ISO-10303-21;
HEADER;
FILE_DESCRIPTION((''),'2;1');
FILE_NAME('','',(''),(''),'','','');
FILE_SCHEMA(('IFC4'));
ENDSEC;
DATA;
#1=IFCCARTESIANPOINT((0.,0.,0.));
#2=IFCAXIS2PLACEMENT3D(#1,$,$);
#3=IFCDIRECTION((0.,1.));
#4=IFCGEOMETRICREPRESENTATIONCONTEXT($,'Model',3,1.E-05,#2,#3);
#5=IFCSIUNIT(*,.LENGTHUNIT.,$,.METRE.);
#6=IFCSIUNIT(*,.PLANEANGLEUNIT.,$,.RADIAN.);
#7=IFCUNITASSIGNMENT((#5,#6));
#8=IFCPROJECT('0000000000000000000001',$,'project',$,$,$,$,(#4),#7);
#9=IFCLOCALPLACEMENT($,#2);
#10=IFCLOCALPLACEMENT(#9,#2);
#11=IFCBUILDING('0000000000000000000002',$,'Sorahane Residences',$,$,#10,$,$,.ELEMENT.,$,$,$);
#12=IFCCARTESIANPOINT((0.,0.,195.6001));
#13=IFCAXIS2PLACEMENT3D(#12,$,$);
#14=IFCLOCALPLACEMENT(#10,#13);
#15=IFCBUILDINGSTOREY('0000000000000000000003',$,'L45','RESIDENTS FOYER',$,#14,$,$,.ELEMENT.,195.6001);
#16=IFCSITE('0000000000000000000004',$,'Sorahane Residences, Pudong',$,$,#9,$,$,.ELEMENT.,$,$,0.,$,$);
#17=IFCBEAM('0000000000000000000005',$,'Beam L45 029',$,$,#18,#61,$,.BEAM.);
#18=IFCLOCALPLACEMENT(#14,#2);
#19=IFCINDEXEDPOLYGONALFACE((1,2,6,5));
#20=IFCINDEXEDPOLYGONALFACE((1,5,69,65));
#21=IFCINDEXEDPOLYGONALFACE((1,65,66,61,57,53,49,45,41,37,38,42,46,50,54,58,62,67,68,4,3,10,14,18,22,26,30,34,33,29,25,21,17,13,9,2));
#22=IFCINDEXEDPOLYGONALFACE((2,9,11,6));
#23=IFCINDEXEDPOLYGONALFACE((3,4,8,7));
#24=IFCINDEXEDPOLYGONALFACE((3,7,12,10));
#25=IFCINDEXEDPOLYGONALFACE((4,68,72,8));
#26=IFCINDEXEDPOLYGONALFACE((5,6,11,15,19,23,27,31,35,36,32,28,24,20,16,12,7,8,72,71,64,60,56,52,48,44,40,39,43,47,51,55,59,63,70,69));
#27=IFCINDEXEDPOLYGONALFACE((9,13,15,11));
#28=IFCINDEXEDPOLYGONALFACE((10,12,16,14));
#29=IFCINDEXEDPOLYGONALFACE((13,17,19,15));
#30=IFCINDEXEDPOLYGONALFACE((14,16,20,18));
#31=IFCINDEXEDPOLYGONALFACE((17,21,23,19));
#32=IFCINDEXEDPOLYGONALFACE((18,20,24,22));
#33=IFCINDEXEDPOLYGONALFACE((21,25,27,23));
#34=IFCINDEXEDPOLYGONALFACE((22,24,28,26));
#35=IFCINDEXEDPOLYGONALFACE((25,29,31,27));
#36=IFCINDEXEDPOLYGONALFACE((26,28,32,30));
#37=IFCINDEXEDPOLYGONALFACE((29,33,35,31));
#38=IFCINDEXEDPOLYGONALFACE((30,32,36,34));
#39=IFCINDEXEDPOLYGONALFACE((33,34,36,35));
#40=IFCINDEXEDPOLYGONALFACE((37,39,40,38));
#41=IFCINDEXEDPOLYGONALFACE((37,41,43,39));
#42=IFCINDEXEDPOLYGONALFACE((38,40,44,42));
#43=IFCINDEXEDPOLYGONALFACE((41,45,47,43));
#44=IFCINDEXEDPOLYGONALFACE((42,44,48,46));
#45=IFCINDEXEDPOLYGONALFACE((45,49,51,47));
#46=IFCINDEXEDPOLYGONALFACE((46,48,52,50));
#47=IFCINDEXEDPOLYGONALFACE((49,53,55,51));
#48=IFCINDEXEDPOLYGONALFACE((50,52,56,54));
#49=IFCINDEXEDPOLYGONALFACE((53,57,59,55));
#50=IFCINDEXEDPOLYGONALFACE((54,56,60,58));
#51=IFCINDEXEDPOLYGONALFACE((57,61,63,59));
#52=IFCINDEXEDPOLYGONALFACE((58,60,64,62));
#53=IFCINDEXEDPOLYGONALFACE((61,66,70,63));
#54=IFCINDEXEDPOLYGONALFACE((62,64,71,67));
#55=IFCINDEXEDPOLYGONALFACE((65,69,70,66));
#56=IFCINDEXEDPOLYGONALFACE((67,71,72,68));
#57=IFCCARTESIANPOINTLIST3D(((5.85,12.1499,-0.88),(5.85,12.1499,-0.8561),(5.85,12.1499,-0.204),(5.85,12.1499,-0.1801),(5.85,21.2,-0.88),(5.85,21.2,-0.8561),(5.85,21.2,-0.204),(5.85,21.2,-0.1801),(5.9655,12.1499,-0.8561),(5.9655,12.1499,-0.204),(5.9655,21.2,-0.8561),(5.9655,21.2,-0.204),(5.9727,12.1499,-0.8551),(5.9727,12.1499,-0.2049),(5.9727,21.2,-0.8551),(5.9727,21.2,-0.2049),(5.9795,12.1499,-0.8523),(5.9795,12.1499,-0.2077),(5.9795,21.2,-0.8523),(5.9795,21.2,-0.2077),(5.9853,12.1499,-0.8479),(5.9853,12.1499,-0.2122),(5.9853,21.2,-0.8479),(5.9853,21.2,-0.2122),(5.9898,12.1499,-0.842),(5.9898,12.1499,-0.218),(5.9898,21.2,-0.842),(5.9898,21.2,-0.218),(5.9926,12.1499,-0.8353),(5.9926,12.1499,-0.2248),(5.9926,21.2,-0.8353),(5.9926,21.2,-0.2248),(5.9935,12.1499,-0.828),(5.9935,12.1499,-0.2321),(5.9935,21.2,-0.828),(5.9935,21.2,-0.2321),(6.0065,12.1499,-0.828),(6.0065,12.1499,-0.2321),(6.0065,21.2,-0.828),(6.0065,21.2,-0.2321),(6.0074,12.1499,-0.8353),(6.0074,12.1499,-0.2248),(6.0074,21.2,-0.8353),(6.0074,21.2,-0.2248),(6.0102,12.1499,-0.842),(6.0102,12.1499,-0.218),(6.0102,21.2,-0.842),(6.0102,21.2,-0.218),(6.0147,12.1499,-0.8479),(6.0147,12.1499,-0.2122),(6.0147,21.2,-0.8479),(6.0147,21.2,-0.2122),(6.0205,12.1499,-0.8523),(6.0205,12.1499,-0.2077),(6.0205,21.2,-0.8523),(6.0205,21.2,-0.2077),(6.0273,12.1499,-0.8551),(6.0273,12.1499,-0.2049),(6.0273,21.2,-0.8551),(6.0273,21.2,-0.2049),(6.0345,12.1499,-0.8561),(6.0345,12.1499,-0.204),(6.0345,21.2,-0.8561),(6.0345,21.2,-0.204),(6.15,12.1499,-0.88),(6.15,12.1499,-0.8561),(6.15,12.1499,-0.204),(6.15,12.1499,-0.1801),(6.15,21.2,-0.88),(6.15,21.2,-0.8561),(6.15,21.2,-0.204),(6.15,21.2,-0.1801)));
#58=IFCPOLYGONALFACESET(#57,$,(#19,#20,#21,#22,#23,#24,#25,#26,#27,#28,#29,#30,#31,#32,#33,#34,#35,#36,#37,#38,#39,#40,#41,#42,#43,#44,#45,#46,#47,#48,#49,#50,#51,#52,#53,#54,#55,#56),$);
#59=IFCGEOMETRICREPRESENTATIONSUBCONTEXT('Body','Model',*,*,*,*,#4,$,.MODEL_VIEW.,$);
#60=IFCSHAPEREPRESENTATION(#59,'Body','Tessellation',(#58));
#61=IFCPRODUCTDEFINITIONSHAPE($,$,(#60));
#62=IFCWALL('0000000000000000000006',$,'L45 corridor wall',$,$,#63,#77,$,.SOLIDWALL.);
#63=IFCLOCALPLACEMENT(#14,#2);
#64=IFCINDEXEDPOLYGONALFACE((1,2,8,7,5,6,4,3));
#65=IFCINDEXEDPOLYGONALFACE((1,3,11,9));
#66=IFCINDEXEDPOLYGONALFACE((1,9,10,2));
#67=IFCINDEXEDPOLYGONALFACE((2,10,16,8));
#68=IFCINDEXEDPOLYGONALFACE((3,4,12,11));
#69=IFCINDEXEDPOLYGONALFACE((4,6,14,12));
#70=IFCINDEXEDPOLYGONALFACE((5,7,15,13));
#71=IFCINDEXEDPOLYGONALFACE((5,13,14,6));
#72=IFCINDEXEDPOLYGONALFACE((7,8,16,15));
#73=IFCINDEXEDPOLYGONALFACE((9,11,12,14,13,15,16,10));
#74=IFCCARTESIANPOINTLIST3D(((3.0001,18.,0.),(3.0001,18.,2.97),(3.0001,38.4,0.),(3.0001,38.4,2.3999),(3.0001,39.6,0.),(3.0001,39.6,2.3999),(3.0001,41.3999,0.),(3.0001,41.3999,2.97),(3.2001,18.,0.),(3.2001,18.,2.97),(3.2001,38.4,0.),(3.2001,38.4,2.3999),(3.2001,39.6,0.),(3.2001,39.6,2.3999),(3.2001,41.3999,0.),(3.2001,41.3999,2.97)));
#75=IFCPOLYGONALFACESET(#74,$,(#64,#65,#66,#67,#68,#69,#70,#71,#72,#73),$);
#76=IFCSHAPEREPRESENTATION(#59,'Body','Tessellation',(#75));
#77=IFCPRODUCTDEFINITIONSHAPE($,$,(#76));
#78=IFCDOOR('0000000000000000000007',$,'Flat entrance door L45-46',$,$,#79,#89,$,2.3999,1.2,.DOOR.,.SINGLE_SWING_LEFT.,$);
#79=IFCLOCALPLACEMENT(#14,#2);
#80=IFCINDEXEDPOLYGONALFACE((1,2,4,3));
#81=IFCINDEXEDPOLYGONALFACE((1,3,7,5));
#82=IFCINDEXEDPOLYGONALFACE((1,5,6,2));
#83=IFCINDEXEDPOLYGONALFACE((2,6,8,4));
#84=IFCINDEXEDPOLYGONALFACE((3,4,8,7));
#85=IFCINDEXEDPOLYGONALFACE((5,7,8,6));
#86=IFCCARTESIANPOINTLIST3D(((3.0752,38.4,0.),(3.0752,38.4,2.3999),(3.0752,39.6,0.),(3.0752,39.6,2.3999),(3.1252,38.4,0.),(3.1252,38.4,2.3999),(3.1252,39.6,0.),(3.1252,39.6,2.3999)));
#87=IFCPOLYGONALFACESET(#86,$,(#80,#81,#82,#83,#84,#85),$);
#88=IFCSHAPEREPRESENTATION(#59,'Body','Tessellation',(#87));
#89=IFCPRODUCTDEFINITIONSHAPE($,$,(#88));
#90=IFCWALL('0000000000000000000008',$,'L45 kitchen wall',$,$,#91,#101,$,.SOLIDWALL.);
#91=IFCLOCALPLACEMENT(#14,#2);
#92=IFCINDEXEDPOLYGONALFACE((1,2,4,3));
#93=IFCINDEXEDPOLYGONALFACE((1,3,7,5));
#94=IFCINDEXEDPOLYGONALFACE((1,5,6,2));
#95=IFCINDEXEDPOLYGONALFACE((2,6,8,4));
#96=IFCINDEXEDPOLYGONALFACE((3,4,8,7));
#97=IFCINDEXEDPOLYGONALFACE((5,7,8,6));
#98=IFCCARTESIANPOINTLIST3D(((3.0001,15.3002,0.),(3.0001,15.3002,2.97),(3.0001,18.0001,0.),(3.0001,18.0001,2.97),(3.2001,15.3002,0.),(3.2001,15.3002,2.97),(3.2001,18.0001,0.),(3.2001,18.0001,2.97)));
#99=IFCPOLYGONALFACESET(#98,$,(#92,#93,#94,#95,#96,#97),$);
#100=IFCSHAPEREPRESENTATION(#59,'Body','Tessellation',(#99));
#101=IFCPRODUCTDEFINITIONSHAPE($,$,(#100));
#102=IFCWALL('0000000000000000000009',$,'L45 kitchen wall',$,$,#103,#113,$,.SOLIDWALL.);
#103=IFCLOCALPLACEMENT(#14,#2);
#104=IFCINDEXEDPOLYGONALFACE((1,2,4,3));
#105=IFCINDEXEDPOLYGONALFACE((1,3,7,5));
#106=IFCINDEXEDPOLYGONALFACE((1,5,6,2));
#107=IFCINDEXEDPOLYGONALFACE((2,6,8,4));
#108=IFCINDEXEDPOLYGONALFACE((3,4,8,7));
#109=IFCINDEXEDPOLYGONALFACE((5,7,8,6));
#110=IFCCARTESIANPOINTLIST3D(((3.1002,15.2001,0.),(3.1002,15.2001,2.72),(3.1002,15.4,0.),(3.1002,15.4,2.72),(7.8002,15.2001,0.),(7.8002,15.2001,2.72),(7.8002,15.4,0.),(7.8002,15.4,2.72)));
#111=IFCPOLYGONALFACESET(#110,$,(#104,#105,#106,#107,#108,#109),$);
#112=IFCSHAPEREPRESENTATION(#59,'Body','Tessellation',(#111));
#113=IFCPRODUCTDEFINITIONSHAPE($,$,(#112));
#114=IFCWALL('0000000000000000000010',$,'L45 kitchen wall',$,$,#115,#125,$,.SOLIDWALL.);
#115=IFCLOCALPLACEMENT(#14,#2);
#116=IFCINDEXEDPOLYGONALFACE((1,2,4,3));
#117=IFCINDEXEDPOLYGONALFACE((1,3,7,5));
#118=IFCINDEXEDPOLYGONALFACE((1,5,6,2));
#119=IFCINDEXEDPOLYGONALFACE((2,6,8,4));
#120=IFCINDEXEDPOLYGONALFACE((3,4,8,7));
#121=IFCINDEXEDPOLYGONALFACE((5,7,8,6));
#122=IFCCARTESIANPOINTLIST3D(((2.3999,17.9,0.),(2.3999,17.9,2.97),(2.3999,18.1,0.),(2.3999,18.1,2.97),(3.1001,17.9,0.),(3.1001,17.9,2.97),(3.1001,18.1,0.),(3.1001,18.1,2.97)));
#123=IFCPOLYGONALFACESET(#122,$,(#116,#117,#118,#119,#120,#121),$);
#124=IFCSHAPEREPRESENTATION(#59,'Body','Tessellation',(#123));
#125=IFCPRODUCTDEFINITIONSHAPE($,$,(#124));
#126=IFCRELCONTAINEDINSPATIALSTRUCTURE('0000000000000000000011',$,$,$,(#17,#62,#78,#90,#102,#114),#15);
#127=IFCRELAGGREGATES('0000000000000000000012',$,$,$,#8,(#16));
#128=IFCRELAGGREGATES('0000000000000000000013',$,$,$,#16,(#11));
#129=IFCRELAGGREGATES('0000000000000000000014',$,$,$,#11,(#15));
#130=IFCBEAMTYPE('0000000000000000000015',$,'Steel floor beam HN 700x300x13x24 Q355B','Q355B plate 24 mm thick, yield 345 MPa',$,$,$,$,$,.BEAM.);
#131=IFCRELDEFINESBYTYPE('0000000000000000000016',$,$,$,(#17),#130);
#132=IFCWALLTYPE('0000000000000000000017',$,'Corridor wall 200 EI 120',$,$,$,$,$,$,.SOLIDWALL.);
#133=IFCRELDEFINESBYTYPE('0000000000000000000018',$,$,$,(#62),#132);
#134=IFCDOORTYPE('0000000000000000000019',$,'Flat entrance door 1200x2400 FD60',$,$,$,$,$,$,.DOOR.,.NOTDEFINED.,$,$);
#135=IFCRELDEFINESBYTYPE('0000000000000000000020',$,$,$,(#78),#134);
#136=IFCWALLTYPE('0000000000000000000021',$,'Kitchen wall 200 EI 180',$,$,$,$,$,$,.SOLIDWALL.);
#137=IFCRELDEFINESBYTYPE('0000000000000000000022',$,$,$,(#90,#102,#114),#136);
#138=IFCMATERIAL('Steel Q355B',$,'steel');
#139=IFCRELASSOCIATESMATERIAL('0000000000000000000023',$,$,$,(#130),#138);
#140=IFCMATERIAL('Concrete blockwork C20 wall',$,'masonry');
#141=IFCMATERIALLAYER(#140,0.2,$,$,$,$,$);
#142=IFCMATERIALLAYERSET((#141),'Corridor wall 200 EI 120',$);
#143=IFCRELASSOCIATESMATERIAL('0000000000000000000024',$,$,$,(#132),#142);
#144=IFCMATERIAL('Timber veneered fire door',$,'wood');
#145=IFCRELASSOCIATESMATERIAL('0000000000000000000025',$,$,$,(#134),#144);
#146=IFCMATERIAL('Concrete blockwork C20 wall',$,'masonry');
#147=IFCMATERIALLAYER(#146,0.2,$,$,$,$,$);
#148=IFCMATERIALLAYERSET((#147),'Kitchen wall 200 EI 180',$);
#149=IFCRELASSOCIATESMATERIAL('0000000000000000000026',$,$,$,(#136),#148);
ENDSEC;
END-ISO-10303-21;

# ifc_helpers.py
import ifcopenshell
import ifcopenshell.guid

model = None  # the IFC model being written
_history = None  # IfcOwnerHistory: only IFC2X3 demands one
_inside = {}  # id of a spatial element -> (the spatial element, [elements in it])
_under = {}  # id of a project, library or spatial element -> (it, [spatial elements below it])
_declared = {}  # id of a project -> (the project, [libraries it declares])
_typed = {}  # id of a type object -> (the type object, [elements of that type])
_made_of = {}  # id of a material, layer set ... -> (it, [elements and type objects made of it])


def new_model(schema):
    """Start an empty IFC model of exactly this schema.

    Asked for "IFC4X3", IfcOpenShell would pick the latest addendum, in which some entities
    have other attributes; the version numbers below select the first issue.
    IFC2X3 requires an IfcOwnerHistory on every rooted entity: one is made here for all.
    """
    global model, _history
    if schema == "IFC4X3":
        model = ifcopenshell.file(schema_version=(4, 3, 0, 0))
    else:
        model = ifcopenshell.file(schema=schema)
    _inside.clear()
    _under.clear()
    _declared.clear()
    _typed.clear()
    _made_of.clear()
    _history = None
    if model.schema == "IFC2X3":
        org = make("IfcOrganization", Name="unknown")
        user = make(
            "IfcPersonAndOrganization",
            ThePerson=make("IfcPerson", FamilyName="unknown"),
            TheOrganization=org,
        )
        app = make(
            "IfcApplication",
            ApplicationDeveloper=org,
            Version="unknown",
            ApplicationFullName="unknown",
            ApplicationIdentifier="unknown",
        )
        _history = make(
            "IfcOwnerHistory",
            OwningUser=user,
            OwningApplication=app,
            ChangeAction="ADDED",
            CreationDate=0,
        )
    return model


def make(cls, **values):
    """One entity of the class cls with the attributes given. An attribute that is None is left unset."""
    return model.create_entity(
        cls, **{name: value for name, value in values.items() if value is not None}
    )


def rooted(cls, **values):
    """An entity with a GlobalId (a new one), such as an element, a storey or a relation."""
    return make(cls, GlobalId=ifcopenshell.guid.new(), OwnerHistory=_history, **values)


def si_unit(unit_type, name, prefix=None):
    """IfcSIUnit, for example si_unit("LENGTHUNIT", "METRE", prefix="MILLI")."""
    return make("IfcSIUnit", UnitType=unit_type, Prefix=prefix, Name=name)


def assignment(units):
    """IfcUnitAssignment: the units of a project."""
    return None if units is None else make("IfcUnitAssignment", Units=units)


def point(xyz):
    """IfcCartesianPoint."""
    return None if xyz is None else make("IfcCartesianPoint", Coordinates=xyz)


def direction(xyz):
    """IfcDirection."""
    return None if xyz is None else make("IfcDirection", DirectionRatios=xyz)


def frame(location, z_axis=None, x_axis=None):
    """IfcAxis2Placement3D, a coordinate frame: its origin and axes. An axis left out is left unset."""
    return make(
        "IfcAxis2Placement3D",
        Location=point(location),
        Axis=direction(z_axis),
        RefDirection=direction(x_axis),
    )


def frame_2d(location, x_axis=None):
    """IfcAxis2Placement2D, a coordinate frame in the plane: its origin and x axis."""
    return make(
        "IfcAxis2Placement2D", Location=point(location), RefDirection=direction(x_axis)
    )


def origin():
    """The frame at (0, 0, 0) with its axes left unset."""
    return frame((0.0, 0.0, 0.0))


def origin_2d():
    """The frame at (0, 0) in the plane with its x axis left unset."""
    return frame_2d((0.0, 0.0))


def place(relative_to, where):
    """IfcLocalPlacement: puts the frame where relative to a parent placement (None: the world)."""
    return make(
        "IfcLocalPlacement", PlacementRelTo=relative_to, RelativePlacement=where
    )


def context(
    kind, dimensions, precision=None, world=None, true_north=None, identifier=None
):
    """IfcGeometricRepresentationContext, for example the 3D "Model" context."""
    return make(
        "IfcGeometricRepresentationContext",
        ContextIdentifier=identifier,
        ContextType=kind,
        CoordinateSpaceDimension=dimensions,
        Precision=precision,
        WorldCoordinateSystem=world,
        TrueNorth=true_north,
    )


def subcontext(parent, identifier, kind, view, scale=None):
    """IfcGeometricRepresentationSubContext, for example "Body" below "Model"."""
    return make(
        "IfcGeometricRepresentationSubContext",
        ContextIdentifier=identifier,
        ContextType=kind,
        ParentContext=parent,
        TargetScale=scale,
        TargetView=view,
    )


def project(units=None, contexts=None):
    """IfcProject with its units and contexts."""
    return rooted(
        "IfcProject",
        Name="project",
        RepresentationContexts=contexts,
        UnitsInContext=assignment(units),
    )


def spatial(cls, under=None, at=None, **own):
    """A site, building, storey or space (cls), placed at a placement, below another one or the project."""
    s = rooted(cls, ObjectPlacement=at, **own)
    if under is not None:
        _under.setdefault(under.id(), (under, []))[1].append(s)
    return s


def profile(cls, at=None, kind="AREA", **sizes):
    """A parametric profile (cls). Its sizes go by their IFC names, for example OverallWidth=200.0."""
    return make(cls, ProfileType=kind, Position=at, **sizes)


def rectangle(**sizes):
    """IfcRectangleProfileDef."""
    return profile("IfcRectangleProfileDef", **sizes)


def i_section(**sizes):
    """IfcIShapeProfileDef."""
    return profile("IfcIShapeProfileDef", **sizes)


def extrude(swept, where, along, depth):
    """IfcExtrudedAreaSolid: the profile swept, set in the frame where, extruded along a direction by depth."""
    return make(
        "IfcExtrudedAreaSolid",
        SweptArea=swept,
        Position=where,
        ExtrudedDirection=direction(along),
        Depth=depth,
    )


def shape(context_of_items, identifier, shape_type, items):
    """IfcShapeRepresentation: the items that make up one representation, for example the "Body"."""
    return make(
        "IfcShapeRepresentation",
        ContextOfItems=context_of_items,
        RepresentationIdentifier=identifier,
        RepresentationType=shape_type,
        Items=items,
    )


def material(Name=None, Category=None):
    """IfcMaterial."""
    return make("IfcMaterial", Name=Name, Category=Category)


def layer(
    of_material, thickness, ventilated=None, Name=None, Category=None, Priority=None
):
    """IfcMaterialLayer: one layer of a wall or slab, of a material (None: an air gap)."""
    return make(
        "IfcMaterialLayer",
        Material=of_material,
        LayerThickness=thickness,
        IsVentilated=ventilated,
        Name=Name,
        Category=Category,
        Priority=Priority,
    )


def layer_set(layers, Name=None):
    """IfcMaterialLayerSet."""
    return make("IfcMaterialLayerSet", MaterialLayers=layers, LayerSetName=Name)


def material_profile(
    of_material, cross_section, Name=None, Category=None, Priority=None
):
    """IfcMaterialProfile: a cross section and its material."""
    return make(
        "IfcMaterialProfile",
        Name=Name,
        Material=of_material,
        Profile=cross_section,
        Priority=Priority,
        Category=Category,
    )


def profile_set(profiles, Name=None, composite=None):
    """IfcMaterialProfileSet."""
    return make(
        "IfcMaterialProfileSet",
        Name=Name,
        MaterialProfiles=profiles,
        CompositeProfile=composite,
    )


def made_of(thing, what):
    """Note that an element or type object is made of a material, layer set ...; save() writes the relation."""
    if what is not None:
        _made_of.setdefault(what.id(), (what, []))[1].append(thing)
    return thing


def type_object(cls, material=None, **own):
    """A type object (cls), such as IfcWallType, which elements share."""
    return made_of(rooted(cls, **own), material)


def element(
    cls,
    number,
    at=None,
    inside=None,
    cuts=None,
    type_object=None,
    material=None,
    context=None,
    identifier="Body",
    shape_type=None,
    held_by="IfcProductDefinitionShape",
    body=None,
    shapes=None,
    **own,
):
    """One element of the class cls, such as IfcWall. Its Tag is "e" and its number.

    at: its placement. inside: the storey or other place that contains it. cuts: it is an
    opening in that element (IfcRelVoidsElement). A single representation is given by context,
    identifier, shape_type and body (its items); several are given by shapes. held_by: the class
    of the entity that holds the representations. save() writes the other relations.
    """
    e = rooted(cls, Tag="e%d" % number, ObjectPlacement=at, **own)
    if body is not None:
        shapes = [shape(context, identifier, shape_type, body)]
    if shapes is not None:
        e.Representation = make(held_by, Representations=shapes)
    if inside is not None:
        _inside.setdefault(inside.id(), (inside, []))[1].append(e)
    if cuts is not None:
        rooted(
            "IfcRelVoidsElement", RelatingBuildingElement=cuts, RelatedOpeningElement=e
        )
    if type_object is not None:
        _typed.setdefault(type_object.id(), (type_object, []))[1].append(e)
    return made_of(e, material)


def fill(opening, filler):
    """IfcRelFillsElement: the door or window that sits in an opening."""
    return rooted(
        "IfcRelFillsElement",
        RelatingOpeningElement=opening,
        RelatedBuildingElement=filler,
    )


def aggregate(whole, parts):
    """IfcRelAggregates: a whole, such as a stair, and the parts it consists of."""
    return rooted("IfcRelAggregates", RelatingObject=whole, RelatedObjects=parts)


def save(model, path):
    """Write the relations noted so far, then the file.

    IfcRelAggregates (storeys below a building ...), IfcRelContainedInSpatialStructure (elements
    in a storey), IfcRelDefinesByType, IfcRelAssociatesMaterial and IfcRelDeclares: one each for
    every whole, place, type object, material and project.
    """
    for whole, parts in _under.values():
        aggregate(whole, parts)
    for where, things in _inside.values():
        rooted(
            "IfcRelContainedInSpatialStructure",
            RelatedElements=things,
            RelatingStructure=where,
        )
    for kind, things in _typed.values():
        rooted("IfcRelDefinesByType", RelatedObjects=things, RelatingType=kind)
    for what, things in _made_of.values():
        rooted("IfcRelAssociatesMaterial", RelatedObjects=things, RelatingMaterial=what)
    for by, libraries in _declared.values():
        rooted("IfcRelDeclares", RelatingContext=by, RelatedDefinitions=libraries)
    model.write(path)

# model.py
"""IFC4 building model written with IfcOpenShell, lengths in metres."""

from ifc_helpers import new_model, si_unit, direction, frame, frame_2d, origin, origin_2d, place, context, subcontext, project, spatial, rectangle, i_section, extrude, material, layer, layer_set, material_profile, profile_set, type_object, element, fill, save


model = new_model("IFC4")

# Units and contexts
model_context = context("Model", 3, precision=1e-05, world=origin(), true_north=direction((0.0, 1.0)))
body_context = subcontext(model_context, "Body", "Model", "MODEL_VIEW")
ifc_project = project(units=[si_unit("LENGTHUNIT", "METRE"), si_unit("PLANEANGLEUNIT", "RADIAN")], contexts=[model_context])

# Site, building, storey
site_placement = place(None, origin())
site = spatial("IfcSite", under=ifc_project, at=site_placement, Name="Sorahane Residences, Pudong", CompositionType="ELEMENT", RefElevation=0.0)
building_placement = place(site_placement, origin())
building = spatial("IfcBuilding", under=site, at=building_placement, Name="Sorahane Residences", CompositionType="ELEMENT")
storey_placement = place(building_placement, frame((0.0, 0.0, 195.6001)))
storey = spatial("IfcBuildingStorey", under=building, at=storey_placement, Name="L45", Description="RESIDENTS FOYER", CompositionType="ELEMENT", Elevation=195.6001)

# Beam
ifc_material_1 = material(Name="Steel Q355B", Category="steel")
ifc_material_profile_1 = material_profile(ifc_material_1, i_section(OverallWidth=0.3, OverallDepth=0.7, WebThickness=0.0129, FlangeThickness=0.0239, FilletRadius=0.0281, at=origin_2d()), Name="HN 700x300x13x24")
ifc_profile_set_1 = profile_set([ifc_material_profile_1], Name="Steel Q355B")
beam_type_1 = type_object("IfcBeamType", Name="Steel floor beam HN 700x300x13x24 Q355B", Description="Q355B plate 24 mm thick, yield 345 MPa", PredefinedType="BEAM", material=ifc_profile_set_1)
beam_1_placement = place(storey_placement, frame((6.0, 12.1499, -0.53), z_axis=(0.0, 1.0, 0.0), x_axis=(-1.0, 0.0, 0.0)))
element("IfcBeam", 1, at=beam_1_placement, inside=storey, type_object=beam_type_1, Name="Beam L45 029", PredefinedType="BEAM", context=body_context, shape_type="SweptSolid", body=[
    extrude(i_section(OverallWidth=0.3, OverallDepth=0.7, WebThickness=0.0129, FlangeThickness=0.0239, FilletRadius=0.0281, at=origin_2d()), origin(), (0.0, 0.0, 1.0), 9.05),
])

# Wall, opening, door
ifc_material_2 = material(Name="Concrete blockwork C20 wall", Category="masonry")
ifc_layer_1 = layer(ifc_material_2, 0.2)
ifc_layer_set_1 = layer_set([ifc_layer_1], Name="Corridor wall 200 EI 120")
wall_type_1 = type_object("IfcWallType", Name="Corridor wall 200 EI 120", PredefinedType="SOLIDWALL", material=ifc_layer_set_1)
wall_1_placement = place(storey_placement, frame((3.1001, 18.0, 0.0), z_axis=(0.0, 0.0, 1.0), x_axis=(0.0, 1.0, 0.0)))
wall_1 = element("IfcWall", 2, at=wall_1_placement, inside=storey, type_object=wall_type_1, Name="L45 corridor wall", PredefinedType="SOLIDWALL", context=body_context, shape_type="SweptSolid", body=[
    extrude(rectangle(XDim=23.3999, YDim=0.2, at=frame_2d((11.7, 0.0))), origin(), (0.0, 0.0, 1.0), 2.97),
])
opening_1_placement = place(wall_1_placement, frame((20.3999, 0.0, 0.0)))
opening_1 = element("IfcOpeningElement", 3, at=opening_1_placement, cuts=wall_1, PredefinedType="OPENING", context=body_context, shape_type="SweptSolid", body=[
    extrude(rectangle(XDim=1.2, YDim=2.3999, at=frame_2d((0.6001, 1.2))), frame((0.0, 0.1099, 0.0), z_axis=(0.0, -1.0, 0.0), x_axis=(1.0, 0.0, 0.0)), (0.0, 0.0, 1.0), 0.22),
])
ifc_material_3 = material(Name="Timber veneered fire door", Category="wood")
door_type_1 = type_object("IfcDoorType", Name="Flat entrance door 1200x2400 FD60", OperationType="NOTDEFINED", PredefinedType="DOOR", material=ifc_material_3)
door_1_placement = place(opening_1_placement, origin())
door_1 = element("IfcDoor", 4, at=door_1_placement, inside=storey, type_object=door_type_1, Name="Flat entrance door L45-46", OperationType="SINGLE_SWING_LEFT", OverallHeight=2.3999, OverallWidth=1.2, PredefinedType="DOOR", context=body_context, shape_type="SweptSolid", body=[
    extrude(rectangle(XDim=1.2, YDim=2.3999, at=frame_2d((0.6001, 1.2))), frame((0.0, 0.0249, 0.0), z_axis=(0.0, -1.0, 0.0), x_axis=(1.0, 0.0, 0.0)), (0.0, 0.0, 1.0), 0.05),
])
fill(opening_1, door_1)

# Wall
ifc_material_4 = material(Name="Concrete blockwork C20 wall", Category="masonry")
ifc_layer_2 = layer(ifc_material_4, 0.2)
ifc_layer_set_2 = layer_set([ifc_layer_2], Name="Kitchen wall 200 EI 180")
wall_type_2 = type_object("IfcWallType", Name="Kitchen wall 200 EI 180", PredefinedType="SOLIDWALL", material=ifc_layer_set_2)
wall_2_placement = place(storey_placement, frame((3.1001, 15.3, 0.0), z_axis=(0.0, 0.0, 1.0), x_axis=(0.0, 1.0, 0.0)))
element("IfcWall", 5, at=wall_2_placement, inside=storey, type_object=wall_type_2, Name="L45 kitchen wall", PredefinedType="SOLIDWALL", context=body_context, shape_type="SweptSolid", body=[
    extrude(rectangle(XDim=2.7, YDim=0.2, at=frame_2d((1.3501, 0.0))), origin(), (0.0, 0.0, 1.0), 2.97),
])

# Walls
wall_3_placement = place(storey_placement, frame((3.1001, 15.3, 0.0), z_axis=(0.0, 0.0, 1.0), x_axis=(1.0, 0.0, 0.0)))
element("IfcWall", 6, at=wall_3_placement, inside=storey, type_object=wall_type_2, Name="L45 kitchen wall", PredefinedType="SOLIDWALL", context=body_context, shape_type="SweptSolid", body=[
    extrude(rectangle(XDim=4.7, YDim=0.2, at=frame_2d((2.3501, 0.0))), origin(), (0.0, 0.0, 1.0), 2.72),
])
wall_4_placement = place(storey_placement, frame((2.3999, 18.0, 0.0), z_axis=(0.0, 0.0, 1.0), x_axis=(1.0, 0.0, 0.0)))
element("IfcWall", 7, at=wall_4_placement, inside=storey, type_object=wall_type_2, Name="L45 kitchen wall", PredefinedType="SOLIDWALL", context=body_context, shape_type="SweptSolid", body=[
    extrude(rectangle(XDim=0.7002, YDim=0.2, at=frame_2d((0.3501, 0.0))), origin(), (0.0, 0.0, 1.0), 2.97),
])

save(model, "model.ifc")
